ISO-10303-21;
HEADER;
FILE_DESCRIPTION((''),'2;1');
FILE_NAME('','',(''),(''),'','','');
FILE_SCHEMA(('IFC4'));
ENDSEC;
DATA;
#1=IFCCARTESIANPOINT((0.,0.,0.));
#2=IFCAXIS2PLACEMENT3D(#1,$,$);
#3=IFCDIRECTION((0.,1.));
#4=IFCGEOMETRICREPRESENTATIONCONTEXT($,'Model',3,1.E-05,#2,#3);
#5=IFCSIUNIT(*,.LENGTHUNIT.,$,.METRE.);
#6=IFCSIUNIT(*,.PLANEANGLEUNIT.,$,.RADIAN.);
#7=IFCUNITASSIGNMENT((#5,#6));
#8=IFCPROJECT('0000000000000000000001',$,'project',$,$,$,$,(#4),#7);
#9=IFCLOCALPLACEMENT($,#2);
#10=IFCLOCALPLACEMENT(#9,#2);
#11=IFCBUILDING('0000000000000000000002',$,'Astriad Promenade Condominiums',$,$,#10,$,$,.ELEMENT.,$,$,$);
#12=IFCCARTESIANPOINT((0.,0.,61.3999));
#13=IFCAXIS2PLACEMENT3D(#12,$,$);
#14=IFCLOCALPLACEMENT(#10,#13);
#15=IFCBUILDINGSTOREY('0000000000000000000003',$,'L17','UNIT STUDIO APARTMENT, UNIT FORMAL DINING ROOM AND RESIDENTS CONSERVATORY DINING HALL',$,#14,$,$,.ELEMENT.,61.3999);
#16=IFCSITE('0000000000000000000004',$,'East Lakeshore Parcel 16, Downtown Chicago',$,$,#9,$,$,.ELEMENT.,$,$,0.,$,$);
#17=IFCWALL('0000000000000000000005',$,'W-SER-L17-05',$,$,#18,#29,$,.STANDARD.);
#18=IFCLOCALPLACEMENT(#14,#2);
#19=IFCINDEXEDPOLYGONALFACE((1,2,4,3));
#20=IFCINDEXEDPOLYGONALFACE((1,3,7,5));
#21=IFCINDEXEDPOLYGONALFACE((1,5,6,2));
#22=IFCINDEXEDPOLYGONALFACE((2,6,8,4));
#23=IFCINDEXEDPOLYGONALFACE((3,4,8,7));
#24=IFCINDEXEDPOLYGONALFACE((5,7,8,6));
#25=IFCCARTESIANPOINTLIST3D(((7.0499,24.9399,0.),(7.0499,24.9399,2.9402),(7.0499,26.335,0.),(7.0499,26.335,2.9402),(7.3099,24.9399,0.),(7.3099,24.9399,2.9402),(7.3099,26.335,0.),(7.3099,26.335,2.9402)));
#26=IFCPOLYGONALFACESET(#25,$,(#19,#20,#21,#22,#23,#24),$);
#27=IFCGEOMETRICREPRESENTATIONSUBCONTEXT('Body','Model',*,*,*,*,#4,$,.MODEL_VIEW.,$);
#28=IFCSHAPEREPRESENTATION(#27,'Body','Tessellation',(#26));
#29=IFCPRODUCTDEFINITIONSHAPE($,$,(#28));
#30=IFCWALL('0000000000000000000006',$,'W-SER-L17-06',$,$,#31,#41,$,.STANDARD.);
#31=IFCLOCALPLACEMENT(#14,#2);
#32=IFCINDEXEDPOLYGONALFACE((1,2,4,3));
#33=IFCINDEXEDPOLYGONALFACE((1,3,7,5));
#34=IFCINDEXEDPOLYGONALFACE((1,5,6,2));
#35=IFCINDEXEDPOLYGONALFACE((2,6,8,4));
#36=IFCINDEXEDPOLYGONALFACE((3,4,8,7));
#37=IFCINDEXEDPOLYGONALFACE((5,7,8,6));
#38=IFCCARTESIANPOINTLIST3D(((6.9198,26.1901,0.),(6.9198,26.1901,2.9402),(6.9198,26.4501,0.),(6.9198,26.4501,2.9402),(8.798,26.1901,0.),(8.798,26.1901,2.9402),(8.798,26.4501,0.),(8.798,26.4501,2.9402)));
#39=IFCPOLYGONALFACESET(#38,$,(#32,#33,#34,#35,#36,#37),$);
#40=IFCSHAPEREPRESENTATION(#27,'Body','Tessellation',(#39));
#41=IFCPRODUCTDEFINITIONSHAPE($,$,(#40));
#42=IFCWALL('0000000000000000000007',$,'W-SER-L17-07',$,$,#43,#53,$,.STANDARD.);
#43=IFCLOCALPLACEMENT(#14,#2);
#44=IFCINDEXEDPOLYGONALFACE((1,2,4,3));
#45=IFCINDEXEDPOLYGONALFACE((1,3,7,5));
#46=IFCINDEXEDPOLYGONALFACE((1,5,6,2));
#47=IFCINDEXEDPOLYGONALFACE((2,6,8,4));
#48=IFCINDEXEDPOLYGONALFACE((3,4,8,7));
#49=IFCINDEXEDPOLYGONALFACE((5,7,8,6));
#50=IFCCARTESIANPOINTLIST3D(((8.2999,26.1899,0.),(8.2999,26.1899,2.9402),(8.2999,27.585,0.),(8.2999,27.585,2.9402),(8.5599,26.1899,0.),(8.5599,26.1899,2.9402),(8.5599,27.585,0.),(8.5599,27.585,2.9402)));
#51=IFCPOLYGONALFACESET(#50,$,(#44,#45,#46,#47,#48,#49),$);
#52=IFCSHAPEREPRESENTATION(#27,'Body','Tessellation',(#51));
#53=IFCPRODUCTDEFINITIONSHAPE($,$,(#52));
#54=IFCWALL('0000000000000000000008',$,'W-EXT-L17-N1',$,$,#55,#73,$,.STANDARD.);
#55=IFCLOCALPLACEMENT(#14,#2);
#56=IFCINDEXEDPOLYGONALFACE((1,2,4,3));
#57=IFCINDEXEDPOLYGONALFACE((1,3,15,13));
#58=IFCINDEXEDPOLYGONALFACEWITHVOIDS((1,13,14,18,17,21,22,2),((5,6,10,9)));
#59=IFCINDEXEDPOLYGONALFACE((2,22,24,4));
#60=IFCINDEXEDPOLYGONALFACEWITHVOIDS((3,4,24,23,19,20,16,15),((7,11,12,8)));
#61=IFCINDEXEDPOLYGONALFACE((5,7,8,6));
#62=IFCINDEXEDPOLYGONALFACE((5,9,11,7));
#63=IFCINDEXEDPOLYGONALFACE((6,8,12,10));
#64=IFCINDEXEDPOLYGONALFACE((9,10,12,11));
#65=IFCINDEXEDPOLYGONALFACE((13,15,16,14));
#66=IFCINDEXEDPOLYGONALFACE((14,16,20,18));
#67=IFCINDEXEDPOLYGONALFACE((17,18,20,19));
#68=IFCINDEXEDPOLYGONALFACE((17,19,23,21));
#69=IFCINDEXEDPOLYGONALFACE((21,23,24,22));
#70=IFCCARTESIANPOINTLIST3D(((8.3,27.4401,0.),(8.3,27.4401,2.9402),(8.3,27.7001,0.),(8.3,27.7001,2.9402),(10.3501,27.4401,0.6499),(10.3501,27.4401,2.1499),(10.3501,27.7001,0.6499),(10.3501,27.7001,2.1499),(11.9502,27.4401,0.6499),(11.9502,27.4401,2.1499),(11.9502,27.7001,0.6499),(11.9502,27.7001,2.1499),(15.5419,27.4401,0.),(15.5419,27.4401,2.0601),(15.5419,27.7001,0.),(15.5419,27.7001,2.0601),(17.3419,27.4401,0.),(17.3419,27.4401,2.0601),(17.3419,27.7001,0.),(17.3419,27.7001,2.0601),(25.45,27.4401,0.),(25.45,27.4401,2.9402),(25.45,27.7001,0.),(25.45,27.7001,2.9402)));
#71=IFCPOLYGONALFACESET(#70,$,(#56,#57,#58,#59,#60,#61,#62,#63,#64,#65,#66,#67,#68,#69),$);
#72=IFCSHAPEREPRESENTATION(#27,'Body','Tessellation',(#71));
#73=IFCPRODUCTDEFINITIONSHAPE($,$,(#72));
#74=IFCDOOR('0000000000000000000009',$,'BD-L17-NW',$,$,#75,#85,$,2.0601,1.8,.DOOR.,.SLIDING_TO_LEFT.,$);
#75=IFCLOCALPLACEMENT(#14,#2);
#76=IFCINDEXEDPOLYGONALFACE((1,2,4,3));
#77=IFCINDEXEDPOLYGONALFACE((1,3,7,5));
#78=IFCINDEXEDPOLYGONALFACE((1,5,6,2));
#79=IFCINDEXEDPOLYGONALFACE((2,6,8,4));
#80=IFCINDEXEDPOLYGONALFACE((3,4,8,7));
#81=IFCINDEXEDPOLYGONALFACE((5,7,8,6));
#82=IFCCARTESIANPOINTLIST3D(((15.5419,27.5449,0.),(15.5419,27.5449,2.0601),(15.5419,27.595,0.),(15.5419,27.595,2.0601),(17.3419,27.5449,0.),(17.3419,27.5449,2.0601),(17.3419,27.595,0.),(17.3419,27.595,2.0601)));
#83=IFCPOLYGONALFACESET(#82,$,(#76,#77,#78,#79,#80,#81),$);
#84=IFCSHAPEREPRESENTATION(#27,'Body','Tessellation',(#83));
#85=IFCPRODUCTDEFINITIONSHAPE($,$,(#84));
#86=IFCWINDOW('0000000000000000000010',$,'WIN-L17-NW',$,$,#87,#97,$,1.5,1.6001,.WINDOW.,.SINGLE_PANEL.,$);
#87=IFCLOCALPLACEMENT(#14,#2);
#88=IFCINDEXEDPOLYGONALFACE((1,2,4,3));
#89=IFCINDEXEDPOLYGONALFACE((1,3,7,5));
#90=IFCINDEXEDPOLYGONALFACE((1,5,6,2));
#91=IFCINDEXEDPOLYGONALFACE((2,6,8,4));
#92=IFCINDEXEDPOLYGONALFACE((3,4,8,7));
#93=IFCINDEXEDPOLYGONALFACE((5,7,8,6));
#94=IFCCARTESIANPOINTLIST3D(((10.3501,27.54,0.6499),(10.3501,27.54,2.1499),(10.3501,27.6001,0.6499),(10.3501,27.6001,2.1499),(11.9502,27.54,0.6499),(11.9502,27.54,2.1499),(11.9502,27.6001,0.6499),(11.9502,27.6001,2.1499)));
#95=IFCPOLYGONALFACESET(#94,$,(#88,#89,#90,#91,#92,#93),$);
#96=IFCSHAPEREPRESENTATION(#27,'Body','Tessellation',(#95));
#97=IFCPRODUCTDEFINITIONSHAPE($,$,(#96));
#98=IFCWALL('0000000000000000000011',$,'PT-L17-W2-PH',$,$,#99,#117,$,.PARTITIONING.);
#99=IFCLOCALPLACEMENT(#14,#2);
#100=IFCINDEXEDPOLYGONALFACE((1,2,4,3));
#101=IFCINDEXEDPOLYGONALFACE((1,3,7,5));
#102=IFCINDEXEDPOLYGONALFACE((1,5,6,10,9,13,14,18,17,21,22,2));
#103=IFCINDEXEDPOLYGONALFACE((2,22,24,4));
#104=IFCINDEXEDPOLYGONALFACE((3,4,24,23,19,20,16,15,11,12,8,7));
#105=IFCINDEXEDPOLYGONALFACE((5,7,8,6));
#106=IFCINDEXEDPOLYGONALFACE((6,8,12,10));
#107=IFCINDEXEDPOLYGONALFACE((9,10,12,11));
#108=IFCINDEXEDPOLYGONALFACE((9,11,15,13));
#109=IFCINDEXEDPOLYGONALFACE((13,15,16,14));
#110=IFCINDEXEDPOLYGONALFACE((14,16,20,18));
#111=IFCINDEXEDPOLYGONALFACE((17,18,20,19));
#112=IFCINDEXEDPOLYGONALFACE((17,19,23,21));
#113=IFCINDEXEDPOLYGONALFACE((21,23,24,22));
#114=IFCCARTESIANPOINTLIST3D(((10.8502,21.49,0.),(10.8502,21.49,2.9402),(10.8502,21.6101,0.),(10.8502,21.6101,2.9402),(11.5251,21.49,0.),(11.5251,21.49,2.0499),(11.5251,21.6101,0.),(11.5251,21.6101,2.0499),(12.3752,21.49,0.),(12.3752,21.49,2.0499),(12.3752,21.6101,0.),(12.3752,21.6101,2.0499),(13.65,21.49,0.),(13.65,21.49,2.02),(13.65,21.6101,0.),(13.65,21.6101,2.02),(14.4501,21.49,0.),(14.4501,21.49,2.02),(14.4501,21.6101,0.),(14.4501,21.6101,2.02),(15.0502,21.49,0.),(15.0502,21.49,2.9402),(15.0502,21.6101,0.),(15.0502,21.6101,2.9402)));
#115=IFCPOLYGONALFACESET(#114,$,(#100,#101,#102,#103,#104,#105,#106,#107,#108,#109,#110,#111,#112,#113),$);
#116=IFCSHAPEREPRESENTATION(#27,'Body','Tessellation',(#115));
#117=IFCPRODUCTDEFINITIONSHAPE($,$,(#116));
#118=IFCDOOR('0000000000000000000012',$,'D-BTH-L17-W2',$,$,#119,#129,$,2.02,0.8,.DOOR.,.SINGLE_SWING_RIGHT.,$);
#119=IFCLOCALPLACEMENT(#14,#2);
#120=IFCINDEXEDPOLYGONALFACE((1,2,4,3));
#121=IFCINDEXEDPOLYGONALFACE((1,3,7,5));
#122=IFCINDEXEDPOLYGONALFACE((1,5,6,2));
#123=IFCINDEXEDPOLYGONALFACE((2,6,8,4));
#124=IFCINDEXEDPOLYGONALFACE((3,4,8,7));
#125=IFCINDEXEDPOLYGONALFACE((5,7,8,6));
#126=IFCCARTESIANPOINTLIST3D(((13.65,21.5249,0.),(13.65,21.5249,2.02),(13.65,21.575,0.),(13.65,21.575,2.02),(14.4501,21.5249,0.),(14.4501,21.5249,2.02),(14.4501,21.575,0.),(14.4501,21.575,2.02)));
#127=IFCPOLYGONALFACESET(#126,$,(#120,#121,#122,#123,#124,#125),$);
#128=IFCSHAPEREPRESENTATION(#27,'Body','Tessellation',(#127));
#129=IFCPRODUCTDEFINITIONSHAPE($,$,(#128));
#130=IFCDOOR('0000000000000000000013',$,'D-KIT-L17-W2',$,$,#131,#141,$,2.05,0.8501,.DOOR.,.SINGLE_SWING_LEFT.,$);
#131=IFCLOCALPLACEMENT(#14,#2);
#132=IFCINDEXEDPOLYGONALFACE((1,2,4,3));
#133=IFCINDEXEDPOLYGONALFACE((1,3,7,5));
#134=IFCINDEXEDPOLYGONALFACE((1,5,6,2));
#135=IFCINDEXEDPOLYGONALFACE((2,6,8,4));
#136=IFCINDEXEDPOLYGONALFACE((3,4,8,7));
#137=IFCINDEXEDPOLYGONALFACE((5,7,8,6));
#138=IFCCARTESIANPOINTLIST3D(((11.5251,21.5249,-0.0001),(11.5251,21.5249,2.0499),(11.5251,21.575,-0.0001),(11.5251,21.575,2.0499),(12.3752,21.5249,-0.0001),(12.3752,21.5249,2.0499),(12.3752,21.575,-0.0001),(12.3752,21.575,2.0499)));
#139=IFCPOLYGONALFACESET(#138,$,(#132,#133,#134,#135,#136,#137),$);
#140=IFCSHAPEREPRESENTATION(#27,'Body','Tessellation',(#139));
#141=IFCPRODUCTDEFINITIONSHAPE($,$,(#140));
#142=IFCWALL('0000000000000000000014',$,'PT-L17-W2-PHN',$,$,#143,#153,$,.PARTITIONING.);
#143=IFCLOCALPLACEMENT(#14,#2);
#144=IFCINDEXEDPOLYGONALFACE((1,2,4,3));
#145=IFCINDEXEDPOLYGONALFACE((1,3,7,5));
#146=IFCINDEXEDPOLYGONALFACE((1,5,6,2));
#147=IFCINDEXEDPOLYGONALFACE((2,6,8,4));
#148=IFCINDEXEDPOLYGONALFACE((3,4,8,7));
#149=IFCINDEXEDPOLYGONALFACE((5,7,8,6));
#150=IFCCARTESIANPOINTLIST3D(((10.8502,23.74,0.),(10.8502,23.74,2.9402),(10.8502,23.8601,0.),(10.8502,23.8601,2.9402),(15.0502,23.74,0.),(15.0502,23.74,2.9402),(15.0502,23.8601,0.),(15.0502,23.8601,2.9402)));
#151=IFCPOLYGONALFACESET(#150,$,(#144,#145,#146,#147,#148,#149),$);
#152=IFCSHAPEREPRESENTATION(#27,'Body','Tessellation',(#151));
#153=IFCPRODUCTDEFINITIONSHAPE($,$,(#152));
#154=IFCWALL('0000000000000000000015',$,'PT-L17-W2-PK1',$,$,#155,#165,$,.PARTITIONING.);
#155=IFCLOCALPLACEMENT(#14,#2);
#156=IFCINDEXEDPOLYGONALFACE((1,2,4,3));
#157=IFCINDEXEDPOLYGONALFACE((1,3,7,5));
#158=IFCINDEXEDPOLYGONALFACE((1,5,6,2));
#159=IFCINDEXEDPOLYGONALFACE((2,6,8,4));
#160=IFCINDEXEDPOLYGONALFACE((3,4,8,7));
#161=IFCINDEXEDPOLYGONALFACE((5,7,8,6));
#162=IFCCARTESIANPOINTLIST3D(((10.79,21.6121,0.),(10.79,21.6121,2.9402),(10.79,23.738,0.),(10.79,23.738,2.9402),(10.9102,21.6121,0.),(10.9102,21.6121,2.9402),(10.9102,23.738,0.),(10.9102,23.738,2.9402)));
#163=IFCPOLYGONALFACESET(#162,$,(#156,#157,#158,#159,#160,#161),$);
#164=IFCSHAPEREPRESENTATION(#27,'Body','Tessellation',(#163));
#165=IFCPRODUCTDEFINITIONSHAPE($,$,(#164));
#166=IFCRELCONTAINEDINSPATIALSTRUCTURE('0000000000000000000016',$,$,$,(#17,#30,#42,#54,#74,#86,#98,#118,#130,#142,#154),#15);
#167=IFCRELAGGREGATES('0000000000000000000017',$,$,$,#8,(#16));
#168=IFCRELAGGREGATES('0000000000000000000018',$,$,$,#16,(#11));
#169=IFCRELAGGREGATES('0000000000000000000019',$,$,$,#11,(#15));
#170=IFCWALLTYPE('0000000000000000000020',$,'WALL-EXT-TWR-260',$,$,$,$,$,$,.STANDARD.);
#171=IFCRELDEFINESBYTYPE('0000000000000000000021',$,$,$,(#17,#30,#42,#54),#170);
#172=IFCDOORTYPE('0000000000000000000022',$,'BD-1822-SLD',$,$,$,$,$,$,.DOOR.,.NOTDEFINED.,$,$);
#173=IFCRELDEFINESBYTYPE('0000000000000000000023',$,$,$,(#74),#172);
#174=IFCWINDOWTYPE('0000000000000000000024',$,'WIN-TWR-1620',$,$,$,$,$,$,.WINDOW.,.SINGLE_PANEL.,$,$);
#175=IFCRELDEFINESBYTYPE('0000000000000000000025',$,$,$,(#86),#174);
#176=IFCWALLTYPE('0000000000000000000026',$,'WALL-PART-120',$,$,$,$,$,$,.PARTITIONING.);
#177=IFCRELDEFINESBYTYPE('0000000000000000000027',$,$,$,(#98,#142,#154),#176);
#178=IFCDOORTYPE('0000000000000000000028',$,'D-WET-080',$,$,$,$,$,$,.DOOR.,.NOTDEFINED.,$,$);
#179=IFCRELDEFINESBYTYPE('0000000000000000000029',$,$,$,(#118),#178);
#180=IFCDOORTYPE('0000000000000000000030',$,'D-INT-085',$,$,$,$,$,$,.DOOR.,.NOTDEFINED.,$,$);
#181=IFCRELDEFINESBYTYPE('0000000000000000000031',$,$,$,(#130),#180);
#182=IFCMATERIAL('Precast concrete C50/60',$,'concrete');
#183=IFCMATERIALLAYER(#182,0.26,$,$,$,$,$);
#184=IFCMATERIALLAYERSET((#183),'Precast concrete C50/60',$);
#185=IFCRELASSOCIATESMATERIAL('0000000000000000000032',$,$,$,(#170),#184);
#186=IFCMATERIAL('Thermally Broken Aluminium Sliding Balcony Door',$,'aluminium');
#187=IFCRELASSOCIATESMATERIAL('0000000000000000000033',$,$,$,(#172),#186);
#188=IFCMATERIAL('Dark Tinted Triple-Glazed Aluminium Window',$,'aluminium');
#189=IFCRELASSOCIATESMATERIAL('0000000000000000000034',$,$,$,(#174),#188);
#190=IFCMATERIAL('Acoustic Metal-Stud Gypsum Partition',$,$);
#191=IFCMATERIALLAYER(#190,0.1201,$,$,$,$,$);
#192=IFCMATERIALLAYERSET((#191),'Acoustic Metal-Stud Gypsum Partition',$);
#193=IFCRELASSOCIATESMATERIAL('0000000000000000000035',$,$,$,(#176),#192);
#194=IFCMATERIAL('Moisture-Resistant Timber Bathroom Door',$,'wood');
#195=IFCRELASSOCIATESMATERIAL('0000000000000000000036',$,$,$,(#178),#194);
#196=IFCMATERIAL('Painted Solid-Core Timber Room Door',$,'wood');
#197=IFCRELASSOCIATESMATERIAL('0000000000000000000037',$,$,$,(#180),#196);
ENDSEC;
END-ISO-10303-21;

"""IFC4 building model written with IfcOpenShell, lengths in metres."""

from ifc_helpers import new_model, si_unit, direction, frame, frame_2d, origin, place, context, subcontext, project, spatial, rectangle, extrude, source, transform, mapped, material, layer, layer_set, type_object, type_shapes, element, fill, save


model = new_model("IFC4")

# Units and contexts
model_context = context("Model", 3, precision=1e-05, world=origin(), true_north=direction((0.0, 1.0)))
body_context = subcontext(model_context, "Body", "Model", "MODEL_VIEW")
ifc_project = project(units=[si_unit("LENGTHUNIT", "METRE"), si_unit("PLANEANGLEUNIT", "RADIAN")], contexts=[model_context])

# Site, building, storey
site_placement = place(None, origin())
site = spatial("IfcSite", under=ifc_project, at=site_placement, Name="East Lakeshore Parcel 16, Downtown Chicago", CompositionType="ELEMENT", RefElevation=0.0)
building_placement = place(site_placement, origin())
building = spatial("IfcBuilding", under=site, at=building_placement, Name="Astriad Promenade Condominiums", CompositionType="ELEMENT")
storey_placement = place(building_placement, frame((0.0, 0.0, 61.3999)))
storey = spatial("IfcBuildingStorey", under=building, at=storey_placement, Name="L17", Description="UNIT STUDIO APARTMENT, UNIT FORMAL DINING ROOM AND RESIDENTS CONSERVATORY DINING HALL", CompositionType="ELEMENT", Elevation=61.3999)

# Walls
ifc_material_1 = material(Name="Precast concrete C50/60", Category="concrete")
ifc_layer_1 = layer(ifc_material_1, 0.26)
ifc_layer_set_1 = layer_set([ifc_layer_1], Name="Precast concrete C50/60")
wall_type_1 = type_object("IfcWallType", Name="WALL-EXT-TWR-260", PredefinedType="STANDARD", material=ifc_layer_set_1)
for number, where, z_axis, x_axis, name in (
    (1, (7.1799, 24.9399, 0.0), (0.0, 0.0, 1.0), (0.0, 1.0, 0.0), "W-SER-L17-05"),
):
    element("IfcWall", number, at=place(storey_placement, frame(where, z_axis=z_axis, x_axis=x_axis)), inside=storey, type_object=wall_type_1, Name=name, PredefinedType="STANDARD", context=body_context, shape_type="SweptSolid", body=[
        extrude(rectangle(XDim=1.395, YDim=0.26, at=frame_2d((0.6975, 0.0))), origin(), (0.0, 0.0, 1.0), 2.9402),
    ])
wall_1_placement = place(storey_placement, frame((6.9199, 26.3201, 0.0), z_axis=(0.0, 0.0, 1.0), x_axis=(1.0, 0.0, 0.0)))
element("IfcWall", 2, at=wall_1_placement, inside=storey, type_object=wall_type_1, Name="W-SER-L17-06", PredefinedType="STANDARD", context=body_context, shape_type="SweptSolid", body=[
    extrude(rectangle(XDim=1.8782, YDim=0.26, at=frame_2d((0.939, 0.0))), origin(), (0.0, 0.0, 1.0), 2.9402),
])
wall_2_placement = place(storey_placement, frame((8.4299, 26.1899, 0.0), z_axis=(0.0, 0.0, 1.0), x_axis=(0.0, 1.0, 0.0)))
element("IfcWall", 3, at=wall_2_placement, inside=storey, type_object=wall_type_1, Name="W-SER-L17-07", PredefinedType="STANDARD", context=body_context, shape_type="SweptSolid", body=[
    extrude(rectangle(XDim=1.395, YDim=0.26, at=frame_2d((0.6975, 0.0))), origin(), (0.0, 0.0, 1.0), 2.9402),
])

# Wall, openings, door, window
wall_3_placement = place(storey_placement, frame((8.3, 27.5701, 0.0), z_axis=(0.0, 0.0, 1.0), x_axis=(1.0, 0.0, 0.0)))
wall_3 = element("IfcWall", 4, at=wall_3_placement, inside=storey, type_object=wall_type_1, Name="W-EXT-L17-N1", PredefinedType="STANDARD", context=body_context, shape_type="SweptSolid", body=[
    extrude(rectangle(XDim=17.1499, YDim=0.26, at=frame_2d((8.575, 0.0))), origin(), (0.0, 0.0, 1.0), 2.9402),
])
opening_1_placement = place(wall_3_placement, frame((7.2419, 0.0, 0.0)))
opening_1 = element("IfcOpeningElement", 5, at=opening_1_placement, cuts=wall_3, PredefinedType="OPENING", context=body_context, shape_type="SweptSolid", body=[
    extrude(rectangle(XDim=1.8, YDim=2.0601, at=frame_2d((0.8999, 1.03))), frame((0.0, 0.1399, 0.0), z_axis=(0.0, -1.0, 0.0), x_axis=(1.0, 0.0, 0.0)), (0.0, 0.0, 1.0), 0.28),
])
opening_2_placement = place(wall_3_placement, frame((2.05, 0.0, 0.6499)))
opening_2 = element("IfcOpeningElement", 6, at=opening_2_placement, cuts=wall_3, PredefinedType="OPENING", context=body_context, shape_type="SweptSolid", body=[
    extrude(rectangle(XDim=1.6001, YDim=1.5, at=frame_2d((0.8, 0.75))), frame((0.0, 0.1399, 0.0), z_axis=(0.0, -1.0, 0.0), x_axis=(1.0, 0.0, 0.0)), (0.0, 0.0, 1.0), 0.28),
])
ifc_material_2 = material(Name="Thermally Broken Aluminium Sliding Balcony Door", Category="aluminium")
door_type_1 = type_object("IfcDoorType", Name="BD-1822-SLD", OperationType="NOTDEFINED", PredefinedType="DOOR", material=ifc_material_2)
shared_shape_1 = source(origin(), body_context, "Body", "SweptSolid", [
    extrude(rectangle(XDim=1.8, YDim=2.0601, at=frame_2d((0.8999, 1.03))), frame((0.0, 0.0249, 0.0), z_axis=(0.0, -1.0, 0.0), x_axis=(1.0, 0.0, 0.0)), (0.0, 0.0, 1.0), 0.05),
])
type_shapes(door_type_1, [shared_shape_1])
door_1_placement = place(opening_1_placement, origin())
door_1 = element("IfcDoor", 7, at=door_1_placement, inside=storey, type_object=door_type_1, Name="BD-L17-NW", OperationType="SLIDING_TO_LEFT", OverallHeight=2.0601, OverallWidth=1.8, PredefinedType="DOOR", context=body_context, shape_type="MappedRepresentation", body=[
    mapped(shared_shape_1, transform((0.0, 0.0, 0.0), scale=1.0)),
])
fill(opening_1, door_1)
ifc_material_3 = material(Name="Dark Tinted Triple-Glazed Aluminium Window", Category="aluminium")
window_type = type_object("IfcWindowType", Name="WIN-TWR-1620", PartitioningType="SINGLE_PANEL", PredefinedType="WINDOW", material=ifc_material_3)
shared_shape_2 = source(origin(), body_context, "Body", "SweptSolid", [
    extrude(rectangle(XDim=1.6001, YDim=1.5, at=frame_2d((0.8, 0.75))), frame((0.0, 0.03, 0.0), z_axis=(0.0, -1.0, 0.0), x_axis=(1.0, 0.0, 0.0)), (0.0, 0.0, 1.0), 0.0601),
])
type_shapes(window_type, [shared_shape_2])
window_placement = place(opening_2_placement, origin())
window = element("IfcWindow", 8, at=window_placement, inside=storey, type_object=window_type, Name="WIN-L17-NW", OverallHeight=1.5, OverallWidth=1.6001, PartitioningType="SINGLE_PANEL", PredefinedType="WINDOW", context=body_context, shape_type="MappedRepresentation", body=[
    mapped(shared_shape_2, transform((0.0, 0.0, 0.0), scale=1.0)),
])
fill(opening_2, window)

# Wall, openings, doors
ifc_material_4 = material(Name="Acoustic Metal-Stud Gypsum Partition")
ifc_layer_2 = layer(ifc_material_4, 0.1201)
ifc_layer_set_2 = layer_set([ifc_layer_2], Name="Acoustic Metal-Stud Gypsum Partition")
wall_type_2 = type_object("IfcWallType", Name="WALL-PART-120", PredefinedType="PARTITIONING", material=ifc_layer_set_2)
wall_4_placement = place(storey_placement, frame((10.8501, 21.55, 0.0), z_axis=(0.0, 0.0, 1.0), x_axis=(1.0, 0.0, 0.0)))
wall_4 = element("IfcWall", 9, at=wall_4_placement, inside=storey, type_object=wall_type_2, Name="PT-L17-W2-PH", PredefinedType="PARTITIONING", context=body_context, shape_type="SweptSolid", body=[
    extrude(rectangle(XDim=4.2, YDim=0.1201, at=frame_2d((2.1001, 0.0))), origin(), (0.0, 0.0, 1.0), 2.9402),
])
opening_3_placement = place(wall_4_placement, frame((0.675, 0.0, 0.0)))
opening_3 = element("IfcOpeningElement", 10, at=opening_3_placement, cuts=wall_4, PredefinedType="OPENING", context=body_context, shape_type="SweptSolid", body=[
    extrude(rectangle(XDim=0.8501, YDim=2.05, at=frame_2d((0.425, 1.0249))), frame((0.0, 0.0701, 0.0), z_axis=(0.0, -1.0, 0.0), x_axis=(1.0, 0.0, 0.0)), (0.0, 0.0, 1.0), 0.1401),
])
opening_4_placement = place(wall_4_placement, frame((2.8, 0.0, 0.0)))
opening_4 = element("IfcOpeningElement", 11, at=opening_4_placement, cuts=wall_4, PredefinedType="OPENING", context=body_context, shape_type="SweptSolid", body=[
    extrude(rectangle(XDim=0.8, YDim=2.02, at=frame_2d((0.3999, 1.01))), frame((0.0, 0.0701, 0.0), z_axis=(0.0, -1.0, 0.0), x_axis=(1.0, 0.0, 0.0)), (0.0, 0.0, 1.0), 0.1401),
])
ifc_material_5 = material(Name="Moisture-Resistant Timber Bathroom Door", Category="wood")
door_type_2 = type_object("IfcDoorType", Name="D-WET-080", OperationType="NOTDEFINED", PredefinedType="DOOR", material=ifc_material_5)
shared_shape_3 = source(origin(), body_context, "Body", "SweptSolid", [
    extrude(rectangle(XDim=0.8, YDim=2.02, at=frame_2d((0.3999, 1.01))), frame((0.0, 0.0249, 0.0), z_axis=(0.0, -1.0, 0.0), x_axis=(1.0, 0.0, 0.0)), (0.0, 0.0, 1.0), 0.05),
])
type_shapes(door_type_2, [shared_shape_3])
door_2_placement = place(opening_4_placement, origin())
door_2 = element("IfcDoor", 12, at=door_2_placement, inside=storey, type_object=door_type_2, Name="D-BTH-L17-W2", OperationType="SINGLE_SWING_RIGHT", OverallHeight=2.02, OverallWidth=0.8, PredefinedType="DOOR", context=body_context, shape_type="MappedRepresentation", body=[
    mapped(shared_shape_3, transform((0.0, 0.0, 0.0), scale=1.0)),
])
fill(opening_4, door_2)
ifc_material_6 = material(Name="Painted Solid-Core Timber Room Door", Category="wood")
door_type_3 = type_object("IfcDoorType", Name="D-INT-085", OperationType="NOTDEFINED", PredefinedType="DOOR", material=ifc_material_6)
shared_shape_4 = source(origin(), body_context, "Body", "SweptSolid", [
    extrude(rectangle(XDim=0.8501, YDim=2.05, at=frame_2d((0.425, 1.0249))), frame((0.0, 0.0249, 0.0), z_axis=(0.0, -1.0, 0.0), x_axis=(1.0, 0.0, 0.0)), (0.0, 0.0, 1.0), 0.05),
])
type_shapes(door_type_3, [shared_shape_4])
door_3_placement = place(opening_3_placement, origin())
door_3 = element("IfcDoor", 13, at=door_3_placement, inside=storey, type_object=door_type_3, Name="D-KIT-L17-W2", OperationType="SINGLE_SWING_LEFT", OverallHeight=2.05, OverallWidth=0.8501, PredefinedType="DOOR", context=body_context, shape_type="MappedRepresentation", body=[
    mapped(shared_shape_4, transform((0.0, 0.0, 0.0), scale=1.0)),
])
fill(opening_3, door_3)

# Walls
wall_5_placement = place(storey_placement, frame((10.8501, 23.8, 0.0), z_axis=(0.0, 0.0, 1.0), x_axis=(1.0, 0.0, 0.0)))
element("IfcWall", 14, at=wall_5_placement, inside=storey, type_object=wall_type_2, Name="PT-L17-W2-PHN", PredefinedType="PARTITIONING", context=body_context, shape_type="SweptSolid", body=[
    extrude(rectangle(XDim=4.2, YDim=0.1201, at=frame_2d((2.1001, 0.0))), origin(), (0.0, 0.0, 1.0), 2.9402),
])
wall_6_placement = place(storey_placement, frame((10.8501, 21.6121, 0.0), z_axis=(0.0, 0.0, 1.0), x_axis=(0.0, 1.0, 0.0)))
element("IfcWall", 15, at=wall_6_placement, inside=storey, type_object=wall_type_2, Name="PT-L17-W2-PK1", PredefinedType="PARTITIONING", context=body_context, shape_type="SweptSolid", body=[
    extrude(rectangle(XDim=2.126, YDim=0.1201, at=frame_2d((1.063, 0.0))), origin(), (0.0, 0.0, 1.0), 2.9402),
])

save(model, "model.ifc")
